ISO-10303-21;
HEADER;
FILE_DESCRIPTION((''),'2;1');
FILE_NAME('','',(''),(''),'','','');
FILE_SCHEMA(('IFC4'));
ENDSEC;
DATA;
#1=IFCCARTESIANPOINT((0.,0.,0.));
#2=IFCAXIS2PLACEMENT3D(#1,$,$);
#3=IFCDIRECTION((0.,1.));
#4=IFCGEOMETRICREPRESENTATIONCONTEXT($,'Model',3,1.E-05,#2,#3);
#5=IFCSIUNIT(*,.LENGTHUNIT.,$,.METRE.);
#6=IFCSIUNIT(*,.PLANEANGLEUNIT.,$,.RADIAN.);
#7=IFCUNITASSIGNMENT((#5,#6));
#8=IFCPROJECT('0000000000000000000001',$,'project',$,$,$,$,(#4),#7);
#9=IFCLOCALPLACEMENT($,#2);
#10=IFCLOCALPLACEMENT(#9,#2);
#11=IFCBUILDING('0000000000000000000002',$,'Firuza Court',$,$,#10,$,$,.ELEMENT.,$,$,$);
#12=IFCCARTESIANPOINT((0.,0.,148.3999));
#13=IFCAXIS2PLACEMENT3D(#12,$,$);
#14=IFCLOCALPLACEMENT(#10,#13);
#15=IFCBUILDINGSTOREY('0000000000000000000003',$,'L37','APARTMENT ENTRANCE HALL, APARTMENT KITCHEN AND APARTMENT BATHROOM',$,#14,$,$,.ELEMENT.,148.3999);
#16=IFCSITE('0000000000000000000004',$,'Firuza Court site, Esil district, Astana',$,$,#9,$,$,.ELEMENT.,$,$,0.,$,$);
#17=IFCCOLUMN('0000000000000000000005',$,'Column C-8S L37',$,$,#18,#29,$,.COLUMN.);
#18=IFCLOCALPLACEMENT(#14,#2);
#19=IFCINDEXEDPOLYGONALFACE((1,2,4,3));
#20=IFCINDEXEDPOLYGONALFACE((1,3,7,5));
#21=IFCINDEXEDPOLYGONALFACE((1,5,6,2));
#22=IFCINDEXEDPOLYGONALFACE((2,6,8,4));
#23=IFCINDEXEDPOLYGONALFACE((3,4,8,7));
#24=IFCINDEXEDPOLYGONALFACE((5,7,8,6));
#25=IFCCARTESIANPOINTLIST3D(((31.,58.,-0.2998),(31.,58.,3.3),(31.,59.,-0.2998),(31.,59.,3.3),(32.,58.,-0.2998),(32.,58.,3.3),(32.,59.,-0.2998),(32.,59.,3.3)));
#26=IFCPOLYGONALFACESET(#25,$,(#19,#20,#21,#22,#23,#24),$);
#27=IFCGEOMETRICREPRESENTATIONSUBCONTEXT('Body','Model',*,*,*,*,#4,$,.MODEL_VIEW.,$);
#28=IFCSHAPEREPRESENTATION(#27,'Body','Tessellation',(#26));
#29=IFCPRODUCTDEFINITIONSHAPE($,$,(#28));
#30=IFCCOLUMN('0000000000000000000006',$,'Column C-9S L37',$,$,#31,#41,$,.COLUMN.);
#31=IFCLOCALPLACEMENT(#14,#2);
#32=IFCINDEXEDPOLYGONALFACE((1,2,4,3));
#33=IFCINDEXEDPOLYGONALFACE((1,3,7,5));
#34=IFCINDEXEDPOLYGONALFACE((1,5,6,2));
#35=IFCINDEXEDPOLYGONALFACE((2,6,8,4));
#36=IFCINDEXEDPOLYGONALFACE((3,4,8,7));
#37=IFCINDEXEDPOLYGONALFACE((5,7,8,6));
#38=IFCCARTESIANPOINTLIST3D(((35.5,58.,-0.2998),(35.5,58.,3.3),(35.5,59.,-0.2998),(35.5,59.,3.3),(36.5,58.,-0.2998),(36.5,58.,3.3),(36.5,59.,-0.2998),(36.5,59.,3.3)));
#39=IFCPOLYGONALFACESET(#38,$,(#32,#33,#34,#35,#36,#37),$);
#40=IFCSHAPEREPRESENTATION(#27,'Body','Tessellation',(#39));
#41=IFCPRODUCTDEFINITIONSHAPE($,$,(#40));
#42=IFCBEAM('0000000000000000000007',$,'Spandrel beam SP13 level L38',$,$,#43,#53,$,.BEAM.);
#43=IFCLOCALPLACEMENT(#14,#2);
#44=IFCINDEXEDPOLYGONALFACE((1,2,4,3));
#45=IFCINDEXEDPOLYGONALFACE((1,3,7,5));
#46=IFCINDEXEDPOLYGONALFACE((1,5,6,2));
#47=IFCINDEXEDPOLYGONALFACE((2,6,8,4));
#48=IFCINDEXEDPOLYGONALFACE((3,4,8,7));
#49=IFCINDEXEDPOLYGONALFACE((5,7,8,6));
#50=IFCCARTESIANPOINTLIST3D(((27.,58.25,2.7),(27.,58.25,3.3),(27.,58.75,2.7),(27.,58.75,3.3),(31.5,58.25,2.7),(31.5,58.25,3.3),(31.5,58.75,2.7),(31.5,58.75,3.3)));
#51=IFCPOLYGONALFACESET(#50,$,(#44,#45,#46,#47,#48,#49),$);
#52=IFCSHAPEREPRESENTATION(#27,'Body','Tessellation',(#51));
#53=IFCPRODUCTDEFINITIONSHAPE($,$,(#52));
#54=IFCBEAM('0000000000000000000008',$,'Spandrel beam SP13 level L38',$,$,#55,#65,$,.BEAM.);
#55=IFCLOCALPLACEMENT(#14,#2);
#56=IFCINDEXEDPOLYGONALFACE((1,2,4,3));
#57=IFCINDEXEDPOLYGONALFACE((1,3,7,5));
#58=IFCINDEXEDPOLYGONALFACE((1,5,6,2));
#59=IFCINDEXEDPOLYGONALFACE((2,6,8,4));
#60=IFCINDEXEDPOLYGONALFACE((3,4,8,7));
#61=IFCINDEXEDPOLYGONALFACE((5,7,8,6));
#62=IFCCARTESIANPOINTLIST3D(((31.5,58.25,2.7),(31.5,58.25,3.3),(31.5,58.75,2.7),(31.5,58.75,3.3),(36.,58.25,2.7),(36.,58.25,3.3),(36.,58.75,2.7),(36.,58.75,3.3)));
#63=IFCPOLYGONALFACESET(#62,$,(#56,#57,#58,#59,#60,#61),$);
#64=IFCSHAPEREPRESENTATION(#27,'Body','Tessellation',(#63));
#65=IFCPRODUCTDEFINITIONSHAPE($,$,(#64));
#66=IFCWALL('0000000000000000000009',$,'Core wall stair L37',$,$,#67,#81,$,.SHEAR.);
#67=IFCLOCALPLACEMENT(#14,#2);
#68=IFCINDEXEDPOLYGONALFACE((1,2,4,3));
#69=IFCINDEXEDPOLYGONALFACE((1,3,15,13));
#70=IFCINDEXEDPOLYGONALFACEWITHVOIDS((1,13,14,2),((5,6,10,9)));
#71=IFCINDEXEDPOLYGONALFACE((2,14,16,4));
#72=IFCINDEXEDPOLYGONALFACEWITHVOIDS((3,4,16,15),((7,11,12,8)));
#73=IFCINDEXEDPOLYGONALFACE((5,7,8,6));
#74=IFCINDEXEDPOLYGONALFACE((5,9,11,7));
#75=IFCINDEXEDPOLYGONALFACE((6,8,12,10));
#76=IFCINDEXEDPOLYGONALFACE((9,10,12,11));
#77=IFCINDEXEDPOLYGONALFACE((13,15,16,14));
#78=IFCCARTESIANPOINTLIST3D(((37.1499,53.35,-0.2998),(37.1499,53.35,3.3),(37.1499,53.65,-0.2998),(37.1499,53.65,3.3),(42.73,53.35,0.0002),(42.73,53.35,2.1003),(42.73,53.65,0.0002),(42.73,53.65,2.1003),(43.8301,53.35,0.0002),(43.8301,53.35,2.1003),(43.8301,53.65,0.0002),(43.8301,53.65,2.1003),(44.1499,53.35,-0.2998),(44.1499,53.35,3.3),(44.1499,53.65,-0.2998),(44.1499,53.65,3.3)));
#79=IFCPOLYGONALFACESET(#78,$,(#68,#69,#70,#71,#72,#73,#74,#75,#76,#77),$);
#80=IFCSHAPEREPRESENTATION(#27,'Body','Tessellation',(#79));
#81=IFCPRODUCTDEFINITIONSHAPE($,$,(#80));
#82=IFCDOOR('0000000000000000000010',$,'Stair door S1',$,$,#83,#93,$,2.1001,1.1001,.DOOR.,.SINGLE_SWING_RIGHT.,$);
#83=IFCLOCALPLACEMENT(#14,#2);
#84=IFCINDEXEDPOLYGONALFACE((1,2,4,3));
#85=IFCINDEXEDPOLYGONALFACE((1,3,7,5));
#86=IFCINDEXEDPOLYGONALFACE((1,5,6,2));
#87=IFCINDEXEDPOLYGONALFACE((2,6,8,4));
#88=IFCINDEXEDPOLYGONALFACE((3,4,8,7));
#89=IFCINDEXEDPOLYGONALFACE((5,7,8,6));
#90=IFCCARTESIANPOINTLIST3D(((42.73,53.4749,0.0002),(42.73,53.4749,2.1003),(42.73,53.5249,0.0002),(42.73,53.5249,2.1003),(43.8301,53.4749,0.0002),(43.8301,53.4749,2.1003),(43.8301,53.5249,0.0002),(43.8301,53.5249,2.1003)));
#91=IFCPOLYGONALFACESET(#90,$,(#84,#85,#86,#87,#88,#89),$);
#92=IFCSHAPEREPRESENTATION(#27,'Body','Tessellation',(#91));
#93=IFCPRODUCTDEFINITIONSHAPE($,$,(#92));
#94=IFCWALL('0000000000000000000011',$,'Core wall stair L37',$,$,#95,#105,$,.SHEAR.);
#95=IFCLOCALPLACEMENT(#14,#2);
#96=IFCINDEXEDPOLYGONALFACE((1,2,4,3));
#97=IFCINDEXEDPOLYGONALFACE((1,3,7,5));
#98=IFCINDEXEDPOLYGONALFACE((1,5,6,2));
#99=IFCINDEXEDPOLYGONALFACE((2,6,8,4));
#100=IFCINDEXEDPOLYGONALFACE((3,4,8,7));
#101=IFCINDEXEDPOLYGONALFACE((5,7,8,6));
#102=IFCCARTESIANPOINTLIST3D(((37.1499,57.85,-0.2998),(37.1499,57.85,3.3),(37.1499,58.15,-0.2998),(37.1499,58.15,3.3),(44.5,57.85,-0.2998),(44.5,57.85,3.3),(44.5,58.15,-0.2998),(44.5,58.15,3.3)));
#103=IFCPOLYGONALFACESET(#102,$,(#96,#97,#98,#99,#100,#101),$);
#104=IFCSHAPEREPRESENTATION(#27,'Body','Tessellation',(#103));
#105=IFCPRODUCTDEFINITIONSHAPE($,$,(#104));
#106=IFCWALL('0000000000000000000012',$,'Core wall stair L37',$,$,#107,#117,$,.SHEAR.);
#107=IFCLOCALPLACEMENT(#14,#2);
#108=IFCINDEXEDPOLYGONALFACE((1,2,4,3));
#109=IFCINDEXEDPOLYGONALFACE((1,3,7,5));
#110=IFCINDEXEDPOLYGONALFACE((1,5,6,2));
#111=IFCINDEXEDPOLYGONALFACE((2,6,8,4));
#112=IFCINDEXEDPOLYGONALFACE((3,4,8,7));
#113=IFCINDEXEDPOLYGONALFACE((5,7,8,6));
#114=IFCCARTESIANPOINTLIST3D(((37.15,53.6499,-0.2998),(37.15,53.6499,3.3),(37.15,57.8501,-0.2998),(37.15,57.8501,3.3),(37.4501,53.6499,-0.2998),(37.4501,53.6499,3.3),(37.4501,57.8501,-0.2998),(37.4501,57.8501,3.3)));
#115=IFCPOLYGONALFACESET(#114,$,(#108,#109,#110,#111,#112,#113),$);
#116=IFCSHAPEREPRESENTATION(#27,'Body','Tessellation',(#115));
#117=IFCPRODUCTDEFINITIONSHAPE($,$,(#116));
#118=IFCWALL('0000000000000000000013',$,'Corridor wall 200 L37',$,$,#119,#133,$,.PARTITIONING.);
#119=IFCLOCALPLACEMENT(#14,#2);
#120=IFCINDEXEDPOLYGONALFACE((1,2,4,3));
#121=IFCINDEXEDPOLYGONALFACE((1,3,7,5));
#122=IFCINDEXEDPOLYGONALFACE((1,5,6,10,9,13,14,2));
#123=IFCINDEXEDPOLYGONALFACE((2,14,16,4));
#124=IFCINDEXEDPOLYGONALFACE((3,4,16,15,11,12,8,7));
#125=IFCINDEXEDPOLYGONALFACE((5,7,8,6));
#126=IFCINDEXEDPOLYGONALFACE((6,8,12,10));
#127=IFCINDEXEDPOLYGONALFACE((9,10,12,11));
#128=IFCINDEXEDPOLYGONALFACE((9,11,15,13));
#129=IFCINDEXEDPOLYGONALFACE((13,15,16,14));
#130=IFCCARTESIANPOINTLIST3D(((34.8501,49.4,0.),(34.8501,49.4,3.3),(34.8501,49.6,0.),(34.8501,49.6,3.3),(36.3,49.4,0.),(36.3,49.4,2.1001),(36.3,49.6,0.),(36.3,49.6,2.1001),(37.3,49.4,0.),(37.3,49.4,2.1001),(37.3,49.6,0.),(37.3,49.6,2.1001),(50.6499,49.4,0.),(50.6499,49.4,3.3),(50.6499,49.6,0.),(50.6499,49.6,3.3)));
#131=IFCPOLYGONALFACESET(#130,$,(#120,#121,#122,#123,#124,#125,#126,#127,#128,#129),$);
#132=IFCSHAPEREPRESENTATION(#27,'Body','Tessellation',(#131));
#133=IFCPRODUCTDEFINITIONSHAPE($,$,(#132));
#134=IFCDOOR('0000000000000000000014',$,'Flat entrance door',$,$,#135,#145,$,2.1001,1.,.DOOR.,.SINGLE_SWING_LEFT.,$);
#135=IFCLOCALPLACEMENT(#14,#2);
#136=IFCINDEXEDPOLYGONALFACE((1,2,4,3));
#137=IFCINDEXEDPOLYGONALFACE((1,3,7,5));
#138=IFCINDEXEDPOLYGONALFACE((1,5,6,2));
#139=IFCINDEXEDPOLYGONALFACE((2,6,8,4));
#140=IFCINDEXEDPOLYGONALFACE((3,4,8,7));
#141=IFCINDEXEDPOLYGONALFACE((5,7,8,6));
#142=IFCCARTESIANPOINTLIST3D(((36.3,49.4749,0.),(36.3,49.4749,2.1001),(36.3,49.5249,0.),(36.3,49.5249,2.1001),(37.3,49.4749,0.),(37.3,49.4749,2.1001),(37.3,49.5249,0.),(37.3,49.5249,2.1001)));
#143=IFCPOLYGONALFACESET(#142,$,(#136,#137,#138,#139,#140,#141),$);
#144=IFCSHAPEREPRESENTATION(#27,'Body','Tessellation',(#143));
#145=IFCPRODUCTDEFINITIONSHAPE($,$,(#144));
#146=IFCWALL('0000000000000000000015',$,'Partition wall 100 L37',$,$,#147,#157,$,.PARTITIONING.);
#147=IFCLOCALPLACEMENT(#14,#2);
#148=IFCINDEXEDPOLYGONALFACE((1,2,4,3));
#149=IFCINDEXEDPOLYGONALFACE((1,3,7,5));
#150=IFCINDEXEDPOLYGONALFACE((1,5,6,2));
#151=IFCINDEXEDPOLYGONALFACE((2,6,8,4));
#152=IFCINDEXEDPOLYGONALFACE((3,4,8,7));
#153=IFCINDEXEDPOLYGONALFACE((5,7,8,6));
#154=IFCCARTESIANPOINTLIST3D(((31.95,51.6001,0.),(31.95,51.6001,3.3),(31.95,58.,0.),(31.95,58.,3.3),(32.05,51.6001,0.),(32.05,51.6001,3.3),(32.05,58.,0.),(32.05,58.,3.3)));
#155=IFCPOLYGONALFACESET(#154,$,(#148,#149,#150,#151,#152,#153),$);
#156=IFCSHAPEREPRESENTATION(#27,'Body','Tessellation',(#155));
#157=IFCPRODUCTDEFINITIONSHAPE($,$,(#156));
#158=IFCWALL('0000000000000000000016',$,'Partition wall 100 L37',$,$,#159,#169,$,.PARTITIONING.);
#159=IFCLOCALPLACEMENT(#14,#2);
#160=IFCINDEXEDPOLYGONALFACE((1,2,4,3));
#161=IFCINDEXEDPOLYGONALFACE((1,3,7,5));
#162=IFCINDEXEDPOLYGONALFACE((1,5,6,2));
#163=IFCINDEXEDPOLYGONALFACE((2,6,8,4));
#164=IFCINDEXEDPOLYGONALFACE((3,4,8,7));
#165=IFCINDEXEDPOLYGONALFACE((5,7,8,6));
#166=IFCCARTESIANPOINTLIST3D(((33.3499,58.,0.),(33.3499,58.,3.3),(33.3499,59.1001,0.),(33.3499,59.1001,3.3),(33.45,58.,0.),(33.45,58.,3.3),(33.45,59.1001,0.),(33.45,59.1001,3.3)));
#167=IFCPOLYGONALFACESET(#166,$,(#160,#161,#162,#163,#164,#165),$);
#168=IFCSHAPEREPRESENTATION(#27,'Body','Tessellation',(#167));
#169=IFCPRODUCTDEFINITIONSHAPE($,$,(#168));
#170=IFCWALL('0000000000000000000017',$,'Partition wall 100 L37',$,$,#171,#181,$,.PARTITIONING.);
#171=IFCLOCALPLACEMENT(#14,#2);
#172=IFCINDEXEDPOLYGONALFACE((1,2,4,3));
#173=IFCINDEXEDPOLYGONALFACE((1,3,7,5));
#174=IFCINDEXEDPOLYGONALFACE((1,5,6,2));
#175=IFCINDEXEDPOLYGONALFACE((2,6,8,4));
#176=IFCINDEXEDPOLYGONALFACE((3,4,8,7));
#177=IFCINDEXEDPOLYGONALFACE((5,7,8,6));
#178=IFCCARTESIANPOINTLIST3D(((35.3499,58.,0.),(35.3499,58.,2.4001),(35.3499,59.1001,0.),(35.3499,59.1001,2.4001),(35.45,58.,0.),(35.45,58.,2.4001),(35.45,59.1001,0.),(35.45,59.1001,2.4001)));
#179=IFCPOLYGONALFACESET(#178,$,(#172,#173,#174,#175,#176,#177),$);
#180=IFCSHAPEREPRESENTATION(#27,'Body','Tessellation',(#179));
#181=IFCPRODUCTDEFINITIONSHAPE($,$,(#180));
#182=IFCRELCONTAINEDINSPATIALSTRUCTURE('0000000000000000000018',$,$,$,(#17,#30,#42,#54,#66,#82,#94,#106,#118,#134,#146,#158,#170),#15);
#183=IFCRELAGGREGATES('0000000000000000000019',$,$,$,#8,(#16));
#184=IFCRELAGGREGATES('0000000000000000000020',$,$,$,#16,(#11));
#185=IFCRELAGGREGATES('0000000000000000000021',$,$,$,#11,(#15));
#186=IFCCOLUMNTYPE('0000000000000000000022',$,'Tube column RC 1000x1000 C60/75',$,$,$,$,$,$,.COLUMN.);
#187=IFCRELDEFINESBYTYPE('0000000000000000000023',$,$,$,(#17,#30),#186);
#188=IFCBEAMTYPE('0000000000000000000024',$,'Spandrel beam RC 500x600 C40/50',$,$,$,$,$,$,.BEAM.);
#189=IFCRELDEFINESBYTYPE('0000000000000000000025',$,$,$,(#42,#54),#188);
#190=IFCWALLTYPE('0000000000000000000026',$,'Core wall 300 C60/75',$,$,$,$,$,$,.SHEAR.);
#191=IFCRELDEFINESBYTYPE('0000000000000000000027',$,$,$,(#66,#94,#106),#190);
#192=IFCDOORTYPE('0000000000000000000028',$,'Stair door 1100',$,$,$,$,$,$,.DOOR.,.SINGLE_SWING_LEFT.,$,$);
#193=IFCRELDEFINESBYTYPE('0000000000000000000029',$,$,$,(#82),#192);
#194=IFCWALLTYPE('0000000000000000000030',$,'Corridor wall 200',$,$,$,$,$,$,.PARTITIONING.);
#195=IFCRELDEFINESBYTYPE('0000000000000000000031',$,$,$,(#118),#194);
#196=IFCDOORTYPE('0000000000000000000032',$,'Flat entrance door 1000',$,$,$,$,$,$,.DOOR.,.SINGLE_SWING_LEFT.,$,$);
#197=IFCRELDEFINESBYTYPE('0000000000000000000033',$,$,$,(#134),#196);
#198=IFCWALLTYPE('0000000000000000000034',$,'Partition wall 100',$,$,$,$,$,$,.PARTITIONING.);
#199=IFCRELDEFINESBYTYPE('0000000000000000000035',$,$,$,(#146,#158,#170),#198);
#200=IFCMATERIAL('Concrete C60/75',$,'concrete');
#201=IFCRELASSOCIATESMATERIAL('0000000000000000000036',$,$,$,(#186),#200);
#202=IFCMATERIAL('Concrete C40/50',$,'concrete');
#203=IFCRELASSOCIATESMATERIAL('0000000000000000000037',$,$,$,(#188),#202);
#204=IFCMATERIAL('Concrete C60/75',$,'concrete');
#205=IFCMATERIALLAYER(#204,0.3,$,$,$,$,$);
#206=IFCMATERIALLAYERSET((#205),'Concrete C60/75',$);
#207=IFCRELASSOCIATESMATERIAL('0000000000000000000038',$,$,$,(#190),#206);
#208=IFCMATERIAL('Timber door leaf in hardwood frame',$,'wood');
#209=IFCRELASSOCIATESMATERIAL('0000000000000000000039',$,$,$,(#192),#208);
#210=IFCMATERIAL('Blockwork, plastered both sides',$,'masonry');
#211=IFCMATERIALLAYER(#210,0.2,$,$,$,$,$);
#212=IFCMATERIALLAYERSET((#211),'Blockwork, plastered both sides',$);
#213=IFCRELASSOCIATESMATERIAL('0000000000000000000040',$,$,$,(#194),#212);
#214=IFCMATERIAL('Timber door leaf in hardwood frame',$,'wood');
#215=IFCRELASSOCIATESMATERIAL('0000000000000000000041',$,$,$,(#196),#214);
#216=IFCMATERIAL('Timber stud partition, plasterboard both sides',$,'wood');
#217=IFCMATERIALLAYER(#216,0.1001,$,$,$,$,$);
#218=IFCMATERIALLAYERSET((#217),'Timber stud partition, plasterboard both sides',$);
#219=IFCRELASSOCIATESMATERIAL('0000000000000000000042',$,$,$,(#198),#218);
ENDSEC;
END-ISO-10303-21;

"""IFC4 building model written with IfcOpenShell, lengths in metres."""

from ifc_helpers import new_model, si_unit, direction, frame, frame_2d, origin, origin_2d, place, context, subcontext, project, spatial, rectangle, extrude, material, layer, layer_set, material_profile, profile_set, type_object, element, fill, save


model = new_model("IFC4")

# Units and contexts
model_context = context("Model", 3, precision=1e-05, world=origin(), true_north=direction((0.0, 1.0)))
body_context = subcontext(model_context, "Body", "Model", "MODEL_VIEW")
ifc_project = project(units=[si_unit("LENGTHUNIT", "METRE"), si_unit("PLANEANGLEUNIT", "RADIAN")], contexts=[model_context])

# Site, building, storey
site_placement = place(None, origin())
site = spatial("IfcSite", under=ifc_project, at=site_placement, Name="Firuza Court site, Esil district, Astana", CompositionType="ELEMENT", RefElevation=0.0)
building_placement = place(site_placement, origin())
building = spatial("IfcBuilding", under=site, at=building_placement, Name="Firuza Court", CompositionType="ELEMENT")
storey_placement = place(building_placement, frame((0.0, 0.0, 148.3999)))
storey = spatial("IfcBuildingStorey", under=building, at=storey_placement, Name="L37", Description="APARTMENT ENTRANCE HALL, APARTMENT KITCHEN AND APARTMENT BATHROOM", CompositionType="ELEMENT", Elevation=148.3999)

# Columns
ifc_material_1 = material(Name="Concrete C60/75", Category="concrete")
ifc_material_profile_1 = material_profile(ifc_material_1, rectangle(XDim=1.0, YDim=1.0, at=origin_2d()), Name="RC 1000x1000")
ifc_profile_set_1 = profile_set([ifc_material_profile_1], Name="Concrete C60/75")
column_type = type_object("IfcColumnType", Name="Tube column RC 1000x1000 C60/75", PredefinedType="COLUMN", material=ifc_profile_set_1)
for number, where, z_axis, x_axis, name in (
    (1, (31.5, 58.5, -0.2998), (0.0, 0.0, 1.0), (1.0, 0.0, 0.0), "Column C-8S L37"),
    (2, (36.0, 58.5, -0.2998), (0.0, 0.0, 1.0), (1.0, 0.0, 0.0), "Column C-9S L37"),
):
    element("IfcColumn", number, at=place(storey_placement, frame(where, z_axis=z_axis, x_axis=x_axis)), inside=storey, type_object=column_type, Name=name, PredefinedType="COLUMN", context=body_context, shape_type="SweptSolid", body=[
        extrude(rectangle(XDim=1.0, YDim=1.0, at=origin_2d()), origin(), (0.0, 0.0, 1.0), 3.5999),
    ])

# Beams
ifc_material_2 = material(Name="Concrete C40/50", Category="concrete")
ifc_material_profile_2 = material_profile(ifc_material_2, rectangle(XDim=0.5, YDim=0.6001, at=origin_2d()), Name="RC 500x600")
ifc_profile_set_2 = profile_set([ifc_material_profile_2], Name="Concrete C40/50")
beam_type = type_object("IfcBeamType", Name="Spandrel beam RC 500x600 C40/50", PredefinedType="BEAM", material=ifc_profile_set_2)
for number, where, z_axis, x_axis, name in (
    (3, (31.5, 58.5, 3.0), (-1.0, 0.0, 0.0), (0.0, -1.0, 0.0), "Spandrel beam SP13 level L38"),
    (4, (36.0, 58.5, 3.0), (-1.0, 0.0, 0.0), (0.0, -1.0, 0.0), "Spandrel beam SP13 level L38"),
):
    element("IfcBeam", number, at=place(storey_placement, frame(where, z_axis=z_axis, x_axis=x_axis)), inside=storey, type_object=beam_type, Name=name, PredefinedType="BEAM", context=body_context, shape_type="SweptSolid", body=[
        extrude(rectangle(XDim=0.5, YDim=0.6001, at=origin_2d()), origin(), (0.0, 0.0, 1.0), 4.5),
    ])

# Wall, opening, door
ifc_material_3 = material(Name="Concrete C60/75", Category="concrete")
ifc_layer_1 = layer(ifc_material_3, 0.3)
ifc_layer_set_1 = layer_set([ifc_layer_1], Name="Concrete C60/75")
wall_type_1 = type_object("IfcWallType", Name="Core wall 300 C60/75", PredefinedType="SHEAR", material=ifc_layer_set_1)
wall_1_placement = place(storey_placement, frame((37.1499, 53.5, -0.2998), z_axis=(0.0, 0.0, 1.0), x_axis=(1.0, 0.0, 0.0)))
wall_1 = element("IfcWall", 5, at=wall_1_placement, inside=storey, type_object=wall_type_1, Name="Core wall stair L37", PredefinedType="SHEAR", context=body_context, shape_type="SweptSolid", body=[
    extrude(rectangle(XDim=7.0, YDim=0.3, at=frame_2d((3.5, 0.0))), origin(), (0.0, 0.0, 1.0), 3.5999),
])
opening_1_placement = place(wall_1_placement, frame((5.5801, 0.0, 0.3)))
opening_1 = element("IfcOpeningElement", 6, at=opening_1_placement, cuts=wall_1, PredefinedType="OPENING", context=body_context, shape_type="SweptSolid", body=[
    extrude(rectangle(XDim=1.1001, YDim=2.1001, at=frame_2d((0.55, 1.05))), frame((0.0, 0.1621, 0.0), z_axis=(0.0, -1.0, 0.0), x_axis=(1.0, 0.0, 0.0)), (0.0, 0.0, 1.0), 0.324),
])
ifc_material_4 = material(Name="Timber door leaf in hardwood frame", Category="wood")
door_type_1 = type_object("IfcDoorType", Name="Stair door 1100", OperationType="SINGLE_SWING_LEFT", PredefinedType="DOOR", material=ifc_material_4)
door_1_placement = place(opening_1_placement, origin())
door_1 = element("IfcDoor", 7, at=door_1_placement, inside=storey, type_object=door_type_1, Name="Stair door S1", OperationType="SINGLE_SWING_RIGHT", OverallHeight=2.1001, OverallWidth=1.1001, PredefinedType="DOOR", context=body_context, shape_type="SweptSolid", body=[
    extrude(rectangle(XDim=1.1001, YDim=2.1001, at=frame_2d((0.55, 1.05))), frame((0.0, 0.0249, 0.0), z_axis=(0.0, -1.0, 0.0), x_axis=(1.0, 0.0, 0.0)), (0.0, 0.0, 1.0), 0.05),
])
fill(opening_1, door_1)

# Walls
wall_2_placement = place(storey_placement, frame((37.1499, 58.0, -0.2998), z_axis=(0.0, 0.0, 1.0), x_axis=(1.0, 0.0, 0.0)))
element("IfcWall", 8, at=wall_2_placement, inside=storey, type_object=wall_type_1, Name="Core wall stair L37", PredefinedType="SHEAR", context=body_context, shape_type="SweptSolid", body=[
    extrude(rectangle(XDim=7.3501, YDim=0.3, at=frame_2d((3.675, 0.0))), origin(), (0.0, 0.0, 1.0), 3.5999),
])
wall_3_placement = place(storey_placement, frame((37.3, 53.6499, -0.2998), z_axis=(0.0, 0.0, 1.0), x_axis=(0.0, 1.0, 0.0)))
element("IfcWall", 9, at=wall_3_placement, inside=storey, type_object=wall_type_1, Name="Core wall stair L37", PredefinedType="SHEAR", context=body_context, shape_type="SweptSolid", body=[
    extrude(rectangle(XDim=4.2002, YDim=0.3, at=frame_2d((2.1001, 0.0))), origin(), (0.0, 0.0, 1.0), 3.5999),
])

# Wall, opening, door
ifc_material_5 = material(Name="Blockwork, plastered both sides", Category="masonry")
ifc_layer_2 = layer(ifc_material_5, 0.2)
ifc_layer_set_2 = layer_set([ifc_layer_2], Name="Blockwork, plastered both sides")
wall_type_2 = type_object("IfcWallType", Name="Corridor wall 200", PredefinedType="PARTITIONING", material=ifc_layer_set_2)
wall_4_placement = place(storey_placement, frame((34.8501, 49.5, 0.0), z_axis=(0.0, 0.0, 1.0), x_axis=(1.0, 0.0, 0.0)))
wall_4 = element("IfcWall", 10, at=wall_4_placement, inside=storey, type_object=wall_type_2, Name="Corridor wall 200 L37", PredefinedType="PARTITIONING", context=body_context, shape_type="SweptSolid", body=[
    extrude(rectangle(XDim=15.7998, YDim=0.2, at=frame_2d((7.8999, 0.0))), origin(), (0.0, 0.0, 1.0), 3.3),
])
opening_2_placement = place(wall_4_placement, frame((1.45, 0.0, 0.0)))
opening_2 = element("IfcOpeningElement", 11, at=opening_2_placement, cuts=wall_4, PredefinedType="OPENING", context=body_context, shape_type="SweptSolid", body=[
    extrude(rectangle(XDim=1.0, YDim=2.1001, at=frame_2d((0.5, 1.05))), frame((0.0, 0.1118, 0.0), z_axis=(0.0, -1.0, 0.0), x_axis=(1.0, 0.0, 0.0)), (0.0, 0.0, 1.0), 0.2239),
])
ifc_material_6 = material(Name="Timber door leaf in hardwood frame", Category="wood")
door_type_2 = type_object("IfcDoorType", Name="Flat entrance door 1000", OperationType="SINGLE_SWING_LEFT", PredefinedType="DOOR", material=ifc_material_6)
door_2_placement = place(opening_2_placement, origin())
door_2 = element("IfcDoor", 12, at=door_2_placement, inside=storey, type_object=door_type_2, Name="Flat entrance door", OperationType="SINGLE_SWING_LEFT", OverallHeight=2.1001, OverallWidth=1.0, PredefinedType="DOOR", context=body_context, shape_type="SweptSolid", body=[
    extrude(rectangle(XDim=1.0, YDim=2.1001, at=frame_2d((0.5, 1.05))), frame((0.0, 0.0249, 0.0), z_axis=(0.0, -1.0, 0.0), x_axis=(1.0, 0.0, 0.0)), (0.0, 0.0, 1.0), 0.05),
])
fill(opening_2, door_2)

# Walls
ifc_material_7 = material(Name="Timber stud partition, plasterboard both sides", Category="wood")
ifc_layer_3 = layer(ifc_material_7, 0.1001)
ifc_layer_set_3 = layer_set([ifc_layer_3], Name="Timber stud partition, plasterboard both sides")
wall_type_3 = type_object("IfcWallType", Name="Partition wall 100", PredefinedType="PARTITIONING", material=ifc_layer_set_3)
wall_5_placement = place(storey_placement, frame((32.0, 51.6001, 0.0), z_axis=(0.0, 0.0, 1.0), x_axis=(0.0, 1.0, 0.0)))
element("IfcWall", 13, at=wall_5_placement, inside=storey, type_object=wall_type_3, Name="Partition wall 100 L37", PredefinedType="PARTITIONING", context=body_context, shape_type="SweptSolid", body=[
    extrude(rectangle(XDim=6.3999, YDim=0.1001, at=frame_2d((3.2, 0.0))), origin(), (0.0, 0.0, 1.0), 3.3),
])
wall_6_placement = place(storey_placement, frame((33.3999, 58.0, 0.0), z_axis=(0.0, 0.0, 1.0), x_axis=(0.0, 1.0, 0.0)))
element("IfcWall", 14, at=wall_6_placement, inside=storey, type_object=wall_type_3, Name="Partition wall 100 L37", PredefinedType="PARTITIONING", context=body_context, shape_type="SweptSolid", body=[
    extrude(rectangle(XDim=1.1001, YDim=0.1001, at=frame_2d((0.55, 0.0))), origin(), (0.0, 0.0, 1.0), 3.3),
])
wall_7_placement = place(storey_placement, frame((35.3999, 58.0, 0.0), z_axis=(0.0, 0.0, 1.0), x_axis=(0.0, 1.0, 0.0)))
element("IfcWall", 15, at=wall_7_placement, inside=storey, type_object=wall_type_3, Name="Partition wall 100 L37", PredefinedType="PARTITIONING", context=body_context, shape_type="SweptSolid", body=[
    extrude(rectangle(XDim=1.1001, YDim=0.1001, at=frame_2d((0.55, 0.0))), origin(), (0.0, 0.0, 1.0), 2.4001),
])

save(model, "model.ifc")
